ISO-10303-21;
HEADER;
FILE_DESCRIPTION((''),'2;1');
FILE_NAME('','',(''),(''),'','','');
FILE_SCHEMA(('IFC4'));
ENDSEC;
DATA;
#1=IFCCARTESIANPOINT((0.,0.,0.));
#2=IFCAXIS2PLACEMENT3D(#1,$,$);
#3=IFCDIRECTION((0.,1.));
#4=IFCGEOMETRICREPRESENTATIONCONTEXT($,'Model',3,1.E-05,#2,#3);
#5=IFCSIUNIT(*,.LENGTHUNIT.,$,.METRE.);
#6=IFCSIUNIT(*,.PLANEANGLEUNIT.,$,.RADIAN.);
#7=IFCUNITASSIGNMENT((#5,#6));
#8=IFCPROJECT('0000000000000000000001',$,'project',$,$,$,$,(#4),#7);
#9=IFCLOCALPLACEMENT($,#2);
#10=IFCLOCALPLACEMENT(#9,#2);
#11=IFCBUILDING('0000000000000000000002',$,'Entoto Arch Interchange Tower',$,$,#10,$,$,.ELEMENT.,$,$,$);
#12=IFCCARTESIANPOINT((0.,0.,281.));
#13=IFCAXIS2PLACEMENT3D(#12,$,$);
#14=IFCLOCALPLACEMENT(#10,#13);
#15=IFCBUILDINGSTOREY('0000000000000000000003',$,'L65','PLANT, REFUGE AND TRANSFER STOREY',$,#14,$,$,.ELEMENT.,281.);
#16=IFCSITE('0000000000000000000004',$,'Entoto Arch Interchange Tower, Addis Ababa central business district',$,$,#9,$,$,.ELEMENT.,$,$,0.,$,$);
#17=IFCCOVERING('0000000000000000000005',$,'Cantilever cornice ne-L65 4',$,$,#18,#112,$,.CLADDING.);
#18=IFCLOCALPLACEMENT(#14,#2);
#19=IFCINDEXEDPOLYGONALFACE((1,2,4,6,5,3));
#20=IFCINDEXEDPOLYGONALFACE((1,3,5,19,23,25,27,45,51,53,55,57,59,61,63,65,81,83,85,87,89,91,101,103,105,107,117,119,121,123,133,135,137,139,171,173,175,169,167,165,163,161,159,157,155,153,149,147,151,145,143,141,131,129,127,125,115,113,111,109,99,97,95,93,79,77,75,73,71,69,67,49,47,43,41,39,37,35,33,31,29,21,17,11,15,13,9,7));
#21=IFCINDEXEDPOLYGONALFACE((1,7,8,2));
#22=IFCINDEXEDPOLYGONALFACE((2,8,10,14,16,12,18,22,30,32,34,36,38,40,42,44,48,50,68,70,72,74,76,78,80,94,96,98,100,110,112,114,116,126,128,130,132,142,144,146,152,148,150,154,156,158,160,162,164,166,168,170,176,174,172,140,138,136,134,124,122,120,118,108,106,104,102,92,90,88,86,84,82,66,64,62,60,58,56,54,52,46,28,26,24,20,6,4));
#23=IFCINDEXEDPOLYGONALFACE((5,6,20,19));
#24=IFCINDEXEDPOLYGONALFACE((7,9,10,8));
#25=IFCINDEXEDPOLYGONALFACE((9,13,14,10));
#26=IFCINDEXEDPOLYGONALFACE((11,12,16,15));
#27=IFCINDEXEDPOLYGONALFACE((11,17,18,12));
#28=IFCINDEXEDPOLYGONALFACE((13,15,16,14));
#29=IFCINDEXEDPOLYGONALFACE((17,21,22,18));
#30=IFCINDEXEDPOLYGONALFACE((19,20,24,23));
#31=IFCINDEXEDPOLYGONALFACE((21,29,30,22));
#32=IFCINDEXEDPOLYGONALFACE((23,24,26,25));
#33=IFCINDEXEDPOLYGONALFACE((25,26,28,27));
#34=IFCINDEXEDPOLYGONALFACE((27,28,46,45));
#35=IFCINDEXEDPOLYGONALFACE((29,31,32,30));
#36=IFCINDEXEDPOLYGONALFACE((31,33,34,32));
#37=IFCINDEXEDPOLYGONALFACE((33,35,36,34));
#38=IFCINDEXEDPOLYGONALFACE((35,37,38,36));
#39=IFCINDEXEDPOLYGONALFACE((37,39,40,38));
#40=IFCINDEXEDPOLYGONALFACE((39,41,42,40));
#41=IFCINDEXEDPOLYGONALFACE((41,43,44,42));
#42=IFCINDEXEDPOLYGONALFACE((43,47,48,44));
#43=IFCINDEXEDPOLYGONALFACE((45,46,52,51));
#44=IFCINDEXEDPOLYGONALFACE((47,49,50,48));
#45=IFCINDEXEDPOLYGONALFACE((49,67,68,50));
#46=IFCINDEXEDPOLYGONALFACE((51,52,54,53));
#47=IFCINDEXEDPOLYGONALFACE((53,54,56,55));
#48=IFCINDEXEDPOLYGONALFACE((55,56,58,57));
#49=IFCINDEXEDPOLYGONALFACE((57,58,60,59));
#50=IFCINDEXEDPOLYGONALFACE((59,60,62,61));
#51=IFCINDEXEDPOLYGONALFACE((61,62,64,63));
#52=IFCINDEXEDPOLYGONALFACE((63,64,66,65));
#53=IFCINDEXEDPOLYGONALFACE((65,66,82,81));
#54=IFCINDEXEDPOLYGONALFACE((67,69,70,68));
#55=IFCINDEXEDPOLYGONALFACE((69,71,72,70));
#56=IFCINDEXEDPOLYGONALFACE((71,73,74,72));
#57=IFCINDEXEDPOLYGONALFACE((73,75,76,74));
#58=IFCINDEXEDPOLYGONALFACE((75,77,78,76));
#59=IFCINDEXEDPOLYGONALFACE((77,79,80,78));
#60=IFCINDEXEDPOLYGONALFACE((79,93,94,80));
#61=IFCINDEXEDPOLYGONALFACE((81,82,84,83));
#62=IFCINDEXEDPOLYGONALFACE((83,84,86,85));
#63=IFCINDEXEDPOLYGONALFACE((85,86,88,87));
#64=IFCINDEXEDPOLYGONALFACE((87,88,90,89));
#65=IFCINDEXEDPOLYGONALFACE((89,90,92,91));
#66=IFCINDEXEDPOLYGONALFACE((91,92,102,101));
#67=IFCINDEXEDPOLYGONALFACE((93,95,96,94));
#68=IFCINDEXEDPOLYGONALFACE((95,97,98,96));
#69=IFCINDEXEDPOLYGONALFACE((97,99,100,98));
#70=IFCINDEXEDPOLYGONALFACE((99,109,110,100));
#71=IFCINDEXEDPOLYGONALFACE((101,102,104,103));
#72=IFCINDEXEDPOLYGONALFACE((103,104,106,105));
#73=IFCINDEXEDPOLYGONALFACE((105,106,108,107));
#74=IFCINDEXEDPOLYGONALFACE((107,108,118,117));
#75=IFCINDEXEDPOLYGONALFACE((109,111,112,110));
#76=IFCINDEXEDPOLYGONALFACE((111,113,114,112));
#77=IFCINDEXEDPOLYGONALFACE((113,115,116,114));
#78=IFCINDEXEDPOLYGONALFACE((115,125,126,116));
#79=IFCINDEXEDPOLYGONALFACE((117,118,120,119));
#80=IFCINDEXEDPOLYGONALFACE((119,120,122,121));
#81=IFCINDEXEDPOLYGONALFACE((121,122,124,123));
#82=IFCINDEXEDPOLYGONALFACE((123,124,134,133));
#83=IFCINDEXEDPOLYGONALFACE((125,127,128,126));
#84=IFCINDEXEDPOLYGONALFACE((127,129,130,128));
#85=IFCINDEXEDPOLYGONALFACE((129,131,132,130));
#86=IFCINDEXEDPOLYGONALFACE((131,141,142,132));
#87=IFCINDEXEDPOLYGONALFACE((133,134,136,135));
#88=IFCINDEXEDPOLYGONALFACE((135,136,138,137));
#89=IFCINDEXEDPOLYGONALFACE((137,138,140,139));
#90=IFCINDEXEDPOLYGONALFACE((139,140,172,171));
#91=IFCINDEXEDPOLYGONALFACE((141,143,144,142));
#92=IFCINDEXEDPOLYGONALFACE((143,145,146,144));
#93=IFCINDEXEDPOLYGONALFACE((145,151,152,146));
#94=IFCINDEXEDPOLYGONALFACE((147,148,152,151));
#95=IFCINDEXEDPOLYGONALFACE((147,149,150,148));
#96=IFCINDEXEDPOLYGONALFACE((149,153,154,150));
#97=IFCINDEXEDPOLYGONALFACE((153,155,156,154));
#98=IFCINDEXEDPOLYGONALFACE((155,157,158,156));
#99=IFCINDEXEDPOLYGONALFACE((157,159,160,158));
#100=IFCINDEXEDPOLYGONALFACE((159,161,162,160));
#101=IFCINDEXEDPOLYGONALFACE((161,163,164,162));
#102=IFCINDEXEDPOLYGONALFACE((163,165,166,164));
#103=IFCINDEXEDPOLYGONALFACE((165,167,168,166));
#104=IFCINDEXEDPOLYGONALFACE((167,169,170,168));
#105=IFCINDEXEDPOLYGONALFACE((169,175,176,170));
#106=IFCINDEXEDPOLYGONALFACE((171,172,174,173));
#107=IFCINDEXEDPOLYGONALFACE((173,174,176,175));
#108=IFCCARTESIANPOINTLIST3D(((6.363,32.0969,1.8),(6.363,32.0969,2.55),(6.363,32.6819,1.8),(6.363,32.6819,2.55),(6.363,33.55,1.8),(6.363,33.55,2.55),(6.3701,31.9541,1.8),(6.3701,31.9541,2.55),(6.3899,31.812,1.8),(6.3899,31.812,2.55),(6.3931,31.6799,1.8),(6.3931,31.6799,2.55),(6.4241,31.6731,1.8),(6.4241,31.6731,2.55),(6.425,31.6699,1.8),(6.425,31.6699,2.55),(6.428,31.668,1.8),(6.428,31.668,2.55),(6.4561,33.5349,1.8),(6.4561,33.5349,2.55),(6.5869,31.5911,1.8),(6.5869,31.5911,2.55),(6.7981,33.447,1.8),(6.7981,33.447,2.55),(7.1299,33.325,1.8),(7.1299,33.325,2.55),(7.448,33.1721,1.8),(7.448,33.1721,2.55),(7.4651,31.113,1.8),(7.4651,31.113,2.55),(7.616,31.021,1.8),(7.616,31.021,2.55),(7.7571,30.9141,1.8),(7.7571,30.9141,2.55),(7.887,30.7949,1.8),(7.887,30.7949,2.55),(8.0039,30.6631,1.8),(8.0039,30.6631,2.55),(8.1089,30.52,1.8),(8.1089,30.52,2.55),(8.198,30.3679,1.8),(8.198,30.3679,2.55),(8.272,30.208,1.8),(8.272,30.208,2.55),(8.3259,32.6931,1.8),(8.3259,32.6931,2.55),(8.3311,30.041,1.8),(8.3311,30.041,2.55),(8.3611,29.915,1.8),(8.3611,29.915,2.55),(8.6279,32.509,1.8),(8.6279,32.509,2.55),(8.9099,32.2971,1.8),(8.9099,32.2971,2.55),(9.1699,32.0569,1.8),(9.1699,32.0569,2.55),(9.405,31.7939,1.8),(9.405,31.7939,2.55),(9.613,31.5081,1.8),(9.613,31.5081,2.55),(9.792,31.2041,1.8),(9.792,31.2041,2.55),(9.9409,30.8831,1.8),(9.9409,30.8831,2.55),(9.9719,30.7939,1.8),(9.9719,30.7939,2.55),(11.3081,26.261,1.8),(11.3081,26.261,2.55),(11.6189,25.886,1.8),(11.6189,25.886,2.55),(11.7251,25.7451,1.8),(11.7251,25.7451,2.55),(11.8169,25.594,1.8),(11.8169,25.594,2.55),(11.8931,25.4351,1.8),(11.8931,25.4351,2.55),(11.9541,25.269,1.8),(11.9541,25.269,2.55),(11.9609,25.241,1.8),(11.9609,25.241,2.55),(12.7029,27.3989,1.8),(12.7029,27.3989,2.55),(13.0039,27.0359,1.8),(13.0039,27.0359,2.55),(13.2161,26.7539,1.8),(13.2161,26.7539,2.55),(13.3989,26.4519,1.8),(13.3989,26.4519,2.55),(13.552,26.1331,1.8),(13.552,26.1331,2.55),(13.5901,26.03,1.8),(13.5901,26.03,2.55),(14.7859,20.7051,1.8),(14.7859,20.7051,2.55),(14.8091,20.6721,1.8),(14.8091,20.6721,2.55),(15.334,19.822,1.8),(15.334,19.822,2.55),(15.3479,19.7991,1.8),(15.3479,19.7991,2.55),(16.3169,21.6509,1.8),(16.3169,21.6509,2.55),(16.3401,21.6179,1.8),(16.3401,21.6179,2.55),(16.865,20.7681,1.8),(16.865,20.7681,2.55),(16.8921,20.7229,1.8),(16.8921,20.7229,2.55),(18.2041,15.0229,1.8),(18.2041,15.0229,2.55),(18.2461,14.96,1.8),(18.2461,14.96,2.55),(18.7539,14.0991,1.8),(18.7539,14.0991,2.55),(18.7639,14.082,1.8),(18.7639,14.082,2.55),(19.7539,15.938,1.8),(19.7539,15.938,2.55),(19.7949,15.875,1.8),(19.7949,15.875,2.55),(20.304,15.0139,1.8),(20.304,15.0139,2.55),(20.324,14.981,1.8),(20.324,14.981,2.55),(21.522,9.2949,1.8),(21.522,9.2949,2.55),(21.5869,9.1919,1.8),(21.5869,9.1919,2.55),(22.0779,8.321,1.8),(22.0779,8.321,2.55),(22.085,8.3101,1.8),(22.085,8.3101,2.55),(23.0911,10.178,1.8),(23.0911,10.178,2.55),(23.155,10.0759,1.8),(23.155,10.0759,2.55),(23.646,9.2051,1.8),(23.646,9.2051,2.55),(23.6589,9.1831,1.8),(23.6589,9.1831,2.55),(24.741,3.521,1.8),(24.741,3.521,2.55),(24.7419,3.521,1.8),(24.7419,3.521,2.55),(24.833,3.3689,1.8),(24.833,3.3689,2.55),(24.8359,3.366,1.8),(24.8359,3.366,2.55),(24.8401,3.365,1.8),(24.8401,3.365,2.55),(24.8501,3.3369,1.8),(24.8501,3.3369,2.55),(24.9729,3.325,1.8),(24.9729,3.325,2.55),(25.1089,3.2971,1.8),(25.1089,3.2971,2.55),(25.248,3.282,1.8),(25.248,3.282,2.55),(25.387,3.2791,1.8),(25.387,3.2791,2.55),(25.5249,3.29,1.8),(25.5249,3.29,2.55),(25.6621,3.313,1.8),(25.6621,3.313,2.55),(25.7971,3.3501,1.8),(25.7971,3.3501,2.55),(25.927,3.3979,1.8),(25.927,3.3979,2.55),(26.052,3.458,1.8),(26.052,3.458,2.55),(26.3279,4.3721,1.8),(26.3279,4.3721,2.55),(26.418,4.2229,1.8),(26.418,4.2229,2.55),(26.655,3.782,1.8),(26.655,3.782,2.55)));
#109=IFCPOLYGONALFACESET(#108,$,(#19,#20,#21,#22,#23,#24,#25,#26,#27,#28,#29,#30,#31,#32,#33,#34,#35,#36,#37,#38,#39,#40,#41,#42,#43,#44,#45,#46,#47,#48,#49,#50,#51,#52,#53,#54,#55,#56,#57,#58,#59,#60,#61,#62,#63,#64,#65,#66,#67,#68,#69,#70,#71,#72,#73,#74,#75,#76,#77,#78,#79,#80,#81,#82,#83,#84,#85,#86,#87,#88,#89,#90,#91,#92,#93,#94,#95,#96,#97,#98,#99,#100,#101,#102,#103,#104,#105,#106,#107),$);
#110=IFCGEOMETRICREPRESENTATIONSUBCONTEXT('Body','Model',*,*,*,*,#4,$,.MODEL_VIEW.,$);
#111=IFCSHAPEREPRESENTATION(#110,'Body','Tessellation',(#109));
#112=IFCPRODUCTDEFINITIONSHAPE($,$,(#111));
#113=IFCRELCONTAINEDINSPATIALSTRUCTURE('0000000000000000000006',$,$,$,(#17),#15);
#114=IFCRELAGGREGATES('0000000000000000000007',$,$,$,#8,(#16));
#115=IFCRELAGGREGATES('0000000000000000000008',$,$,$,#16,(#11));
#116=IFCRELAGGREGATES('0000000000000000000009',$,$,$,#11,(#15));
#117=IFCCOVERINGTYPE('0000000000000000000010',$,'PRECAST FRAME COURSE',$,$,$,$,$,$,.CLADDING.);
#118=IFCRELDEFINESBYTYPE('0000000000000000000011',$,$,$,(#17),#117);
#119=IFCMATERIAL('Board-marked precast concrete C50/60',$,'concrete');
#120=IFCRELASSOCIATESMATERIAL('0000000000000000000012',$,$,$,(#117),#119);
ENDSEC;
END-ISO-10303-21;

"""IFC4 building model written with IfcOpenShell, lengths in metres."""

from ifc_helpers import new_model, si_unit, direction, frame, origin, place, context, subcontext, project, spatial, polyline, outline, extrude, material, type_object, element, save


model = new_model("IFC4")

# Units and contexts
model_context = context("Model", 3, precision=1e-05, world=origin(), true_north=direction((0.0, 1.0)))
body_context = subcontext(model_context, "Body", "Model", "MODEL_VIEW")
ifc_project = project(units=[si_unit("LENGTHUNIT", "METRE"), si_unit("PLANEANGLEUNIT", "RADIAN")], contexts=[model_context])

# Site, building, storey
site_placement = place(None, origin())
site = spatial("IfcSite", under=ifc_project, at=site_placement, Name="Entoto Arch Interchange Tower, Addis Ababa central business district", CompositionType="ELEMENT", RefElevation=0.0)
building_placement = place(site_placement, origin())
building = spatial("IfcBuilding", under=site, at=building_placement, Name="Entoto Arch Interchange Tower", CompositionType="ELEMENT")
storey_placement = place(building_placement, frame((0.0, 0.0, 281.0)))
storey = spatial("IfcBuildingStorey", under=building, at=storey_placement, Name="L65", Description="PLANT, REFUGE AND TRANSFER STOREY", CompositionType="ELEMENT", Elevation=281.0)

# Covering
ifc_material_1 = material(Name="Board-marked precast concrete C50/60", Category="concrete")
covering_type = type_object("IfcCoveringType", Name="PRECAST FRAME COURSE", PredefinedType="CLADDING", material=ifc_material_1)
covering_1_placement = place(storey_placement, frame((0.0, 0.0, 1.8)))
element("IfcCovering", 1, at=covering_1_placement, inside=storey, type_object=covering_type, Name="Cantilever cornice ne-L65 4", PredefinedType="CLADDING", context=body_context, shape_type="SweptSolid", body=[
    extrude(outline(polyline([(6.3899, 31.812), (6.3701, 31.9541), (6.363, 32.0969), (6.363, 32.6819), (6.363, 33.55), (6.4561, 33.5349), (6.7981, 33.447), (7.1299, 33.325), (7.448, 33.1721), (8.3259, 32.6931), (8.6279, 32.509), (8.9099, 32.2971), (9.1699, 32.0569), (9.405, 31.7939), (9.613, 31.5081), (9.792, 31.2041), (9.9409, 30.8831), (9.9719, 30.7939), (12.7029, 27.3989), (13.0039, 27.0359), (13.2161, 26.7539), (13.3989, 26.4519), (13.552, 26.1331), (13.5901, 26.03), (16.3169, 21.6509), (16.3401, 21.6179), (16.865, 20.7681), (16.8921, 20.7229), (19.7539, 15.938), (19.7949, 15.875), (20.304, 15.0139), (20.324, 14.981), (23.0911, 10.178), (23.155, 10.0759), (23.646, 9.2051), (23.6589, 9.1831), (26.3279, 4.3721), (26.418, 4.2229), (26.655, 3.782), (26.052, 3.458), (25.927, 3.3979), (25.7971, 3.3501), (25.6621, 3.313), (25.5249, 3.29), (25.387, 3.2791), (25.248, 3.282), (25.1089, 3.2971), (24.9729, 3.325), (24.8401, 3.365), (24.8359, 3.366), (24.8501, 3.3369), (24.833, 3.3689), (24.7419, 3.521), (24.741, 3.521), (22.085, 8.3101), (22.0779, 8.321), (21.5869, 9.1919), (21.522, 9.2949), (18.7639, 14.082), (18.7539, 14.0991), (18.2461, 14.96), (18.2041, 15.0229), (15.3479, 19.7991), (15.334, 19.822), (14.8091, 20.6721), (14.7859, 20.7051), (11.9609, 25.241), (11.9541, 25.269), (11.8931, 25.4351), (11.8169, 25.594), (11.7251, 25.7451), (11.6189, 25.886), (11.3081, 26.261), (8.3611, 29.915), (8.3311, 30.041), (8.272, 30.208), (8.198, 30.3679), (8.1089, 30.52), (8.0039, 30.6631), (7.887, 30.7949), (7.7571, 30.9141), (7.616, 31.021), (7.4651, 31.113), (6.5869, 31.5911), (6.428, 31.668), (6.3931, 31.6799), (6.425, 31.6699), (6.4241, 31.6731), (6.3899, 31.812)])), origin(), (0.0, 0.0, 1.0), 0.75),
])

save(model, "model.ifc")
